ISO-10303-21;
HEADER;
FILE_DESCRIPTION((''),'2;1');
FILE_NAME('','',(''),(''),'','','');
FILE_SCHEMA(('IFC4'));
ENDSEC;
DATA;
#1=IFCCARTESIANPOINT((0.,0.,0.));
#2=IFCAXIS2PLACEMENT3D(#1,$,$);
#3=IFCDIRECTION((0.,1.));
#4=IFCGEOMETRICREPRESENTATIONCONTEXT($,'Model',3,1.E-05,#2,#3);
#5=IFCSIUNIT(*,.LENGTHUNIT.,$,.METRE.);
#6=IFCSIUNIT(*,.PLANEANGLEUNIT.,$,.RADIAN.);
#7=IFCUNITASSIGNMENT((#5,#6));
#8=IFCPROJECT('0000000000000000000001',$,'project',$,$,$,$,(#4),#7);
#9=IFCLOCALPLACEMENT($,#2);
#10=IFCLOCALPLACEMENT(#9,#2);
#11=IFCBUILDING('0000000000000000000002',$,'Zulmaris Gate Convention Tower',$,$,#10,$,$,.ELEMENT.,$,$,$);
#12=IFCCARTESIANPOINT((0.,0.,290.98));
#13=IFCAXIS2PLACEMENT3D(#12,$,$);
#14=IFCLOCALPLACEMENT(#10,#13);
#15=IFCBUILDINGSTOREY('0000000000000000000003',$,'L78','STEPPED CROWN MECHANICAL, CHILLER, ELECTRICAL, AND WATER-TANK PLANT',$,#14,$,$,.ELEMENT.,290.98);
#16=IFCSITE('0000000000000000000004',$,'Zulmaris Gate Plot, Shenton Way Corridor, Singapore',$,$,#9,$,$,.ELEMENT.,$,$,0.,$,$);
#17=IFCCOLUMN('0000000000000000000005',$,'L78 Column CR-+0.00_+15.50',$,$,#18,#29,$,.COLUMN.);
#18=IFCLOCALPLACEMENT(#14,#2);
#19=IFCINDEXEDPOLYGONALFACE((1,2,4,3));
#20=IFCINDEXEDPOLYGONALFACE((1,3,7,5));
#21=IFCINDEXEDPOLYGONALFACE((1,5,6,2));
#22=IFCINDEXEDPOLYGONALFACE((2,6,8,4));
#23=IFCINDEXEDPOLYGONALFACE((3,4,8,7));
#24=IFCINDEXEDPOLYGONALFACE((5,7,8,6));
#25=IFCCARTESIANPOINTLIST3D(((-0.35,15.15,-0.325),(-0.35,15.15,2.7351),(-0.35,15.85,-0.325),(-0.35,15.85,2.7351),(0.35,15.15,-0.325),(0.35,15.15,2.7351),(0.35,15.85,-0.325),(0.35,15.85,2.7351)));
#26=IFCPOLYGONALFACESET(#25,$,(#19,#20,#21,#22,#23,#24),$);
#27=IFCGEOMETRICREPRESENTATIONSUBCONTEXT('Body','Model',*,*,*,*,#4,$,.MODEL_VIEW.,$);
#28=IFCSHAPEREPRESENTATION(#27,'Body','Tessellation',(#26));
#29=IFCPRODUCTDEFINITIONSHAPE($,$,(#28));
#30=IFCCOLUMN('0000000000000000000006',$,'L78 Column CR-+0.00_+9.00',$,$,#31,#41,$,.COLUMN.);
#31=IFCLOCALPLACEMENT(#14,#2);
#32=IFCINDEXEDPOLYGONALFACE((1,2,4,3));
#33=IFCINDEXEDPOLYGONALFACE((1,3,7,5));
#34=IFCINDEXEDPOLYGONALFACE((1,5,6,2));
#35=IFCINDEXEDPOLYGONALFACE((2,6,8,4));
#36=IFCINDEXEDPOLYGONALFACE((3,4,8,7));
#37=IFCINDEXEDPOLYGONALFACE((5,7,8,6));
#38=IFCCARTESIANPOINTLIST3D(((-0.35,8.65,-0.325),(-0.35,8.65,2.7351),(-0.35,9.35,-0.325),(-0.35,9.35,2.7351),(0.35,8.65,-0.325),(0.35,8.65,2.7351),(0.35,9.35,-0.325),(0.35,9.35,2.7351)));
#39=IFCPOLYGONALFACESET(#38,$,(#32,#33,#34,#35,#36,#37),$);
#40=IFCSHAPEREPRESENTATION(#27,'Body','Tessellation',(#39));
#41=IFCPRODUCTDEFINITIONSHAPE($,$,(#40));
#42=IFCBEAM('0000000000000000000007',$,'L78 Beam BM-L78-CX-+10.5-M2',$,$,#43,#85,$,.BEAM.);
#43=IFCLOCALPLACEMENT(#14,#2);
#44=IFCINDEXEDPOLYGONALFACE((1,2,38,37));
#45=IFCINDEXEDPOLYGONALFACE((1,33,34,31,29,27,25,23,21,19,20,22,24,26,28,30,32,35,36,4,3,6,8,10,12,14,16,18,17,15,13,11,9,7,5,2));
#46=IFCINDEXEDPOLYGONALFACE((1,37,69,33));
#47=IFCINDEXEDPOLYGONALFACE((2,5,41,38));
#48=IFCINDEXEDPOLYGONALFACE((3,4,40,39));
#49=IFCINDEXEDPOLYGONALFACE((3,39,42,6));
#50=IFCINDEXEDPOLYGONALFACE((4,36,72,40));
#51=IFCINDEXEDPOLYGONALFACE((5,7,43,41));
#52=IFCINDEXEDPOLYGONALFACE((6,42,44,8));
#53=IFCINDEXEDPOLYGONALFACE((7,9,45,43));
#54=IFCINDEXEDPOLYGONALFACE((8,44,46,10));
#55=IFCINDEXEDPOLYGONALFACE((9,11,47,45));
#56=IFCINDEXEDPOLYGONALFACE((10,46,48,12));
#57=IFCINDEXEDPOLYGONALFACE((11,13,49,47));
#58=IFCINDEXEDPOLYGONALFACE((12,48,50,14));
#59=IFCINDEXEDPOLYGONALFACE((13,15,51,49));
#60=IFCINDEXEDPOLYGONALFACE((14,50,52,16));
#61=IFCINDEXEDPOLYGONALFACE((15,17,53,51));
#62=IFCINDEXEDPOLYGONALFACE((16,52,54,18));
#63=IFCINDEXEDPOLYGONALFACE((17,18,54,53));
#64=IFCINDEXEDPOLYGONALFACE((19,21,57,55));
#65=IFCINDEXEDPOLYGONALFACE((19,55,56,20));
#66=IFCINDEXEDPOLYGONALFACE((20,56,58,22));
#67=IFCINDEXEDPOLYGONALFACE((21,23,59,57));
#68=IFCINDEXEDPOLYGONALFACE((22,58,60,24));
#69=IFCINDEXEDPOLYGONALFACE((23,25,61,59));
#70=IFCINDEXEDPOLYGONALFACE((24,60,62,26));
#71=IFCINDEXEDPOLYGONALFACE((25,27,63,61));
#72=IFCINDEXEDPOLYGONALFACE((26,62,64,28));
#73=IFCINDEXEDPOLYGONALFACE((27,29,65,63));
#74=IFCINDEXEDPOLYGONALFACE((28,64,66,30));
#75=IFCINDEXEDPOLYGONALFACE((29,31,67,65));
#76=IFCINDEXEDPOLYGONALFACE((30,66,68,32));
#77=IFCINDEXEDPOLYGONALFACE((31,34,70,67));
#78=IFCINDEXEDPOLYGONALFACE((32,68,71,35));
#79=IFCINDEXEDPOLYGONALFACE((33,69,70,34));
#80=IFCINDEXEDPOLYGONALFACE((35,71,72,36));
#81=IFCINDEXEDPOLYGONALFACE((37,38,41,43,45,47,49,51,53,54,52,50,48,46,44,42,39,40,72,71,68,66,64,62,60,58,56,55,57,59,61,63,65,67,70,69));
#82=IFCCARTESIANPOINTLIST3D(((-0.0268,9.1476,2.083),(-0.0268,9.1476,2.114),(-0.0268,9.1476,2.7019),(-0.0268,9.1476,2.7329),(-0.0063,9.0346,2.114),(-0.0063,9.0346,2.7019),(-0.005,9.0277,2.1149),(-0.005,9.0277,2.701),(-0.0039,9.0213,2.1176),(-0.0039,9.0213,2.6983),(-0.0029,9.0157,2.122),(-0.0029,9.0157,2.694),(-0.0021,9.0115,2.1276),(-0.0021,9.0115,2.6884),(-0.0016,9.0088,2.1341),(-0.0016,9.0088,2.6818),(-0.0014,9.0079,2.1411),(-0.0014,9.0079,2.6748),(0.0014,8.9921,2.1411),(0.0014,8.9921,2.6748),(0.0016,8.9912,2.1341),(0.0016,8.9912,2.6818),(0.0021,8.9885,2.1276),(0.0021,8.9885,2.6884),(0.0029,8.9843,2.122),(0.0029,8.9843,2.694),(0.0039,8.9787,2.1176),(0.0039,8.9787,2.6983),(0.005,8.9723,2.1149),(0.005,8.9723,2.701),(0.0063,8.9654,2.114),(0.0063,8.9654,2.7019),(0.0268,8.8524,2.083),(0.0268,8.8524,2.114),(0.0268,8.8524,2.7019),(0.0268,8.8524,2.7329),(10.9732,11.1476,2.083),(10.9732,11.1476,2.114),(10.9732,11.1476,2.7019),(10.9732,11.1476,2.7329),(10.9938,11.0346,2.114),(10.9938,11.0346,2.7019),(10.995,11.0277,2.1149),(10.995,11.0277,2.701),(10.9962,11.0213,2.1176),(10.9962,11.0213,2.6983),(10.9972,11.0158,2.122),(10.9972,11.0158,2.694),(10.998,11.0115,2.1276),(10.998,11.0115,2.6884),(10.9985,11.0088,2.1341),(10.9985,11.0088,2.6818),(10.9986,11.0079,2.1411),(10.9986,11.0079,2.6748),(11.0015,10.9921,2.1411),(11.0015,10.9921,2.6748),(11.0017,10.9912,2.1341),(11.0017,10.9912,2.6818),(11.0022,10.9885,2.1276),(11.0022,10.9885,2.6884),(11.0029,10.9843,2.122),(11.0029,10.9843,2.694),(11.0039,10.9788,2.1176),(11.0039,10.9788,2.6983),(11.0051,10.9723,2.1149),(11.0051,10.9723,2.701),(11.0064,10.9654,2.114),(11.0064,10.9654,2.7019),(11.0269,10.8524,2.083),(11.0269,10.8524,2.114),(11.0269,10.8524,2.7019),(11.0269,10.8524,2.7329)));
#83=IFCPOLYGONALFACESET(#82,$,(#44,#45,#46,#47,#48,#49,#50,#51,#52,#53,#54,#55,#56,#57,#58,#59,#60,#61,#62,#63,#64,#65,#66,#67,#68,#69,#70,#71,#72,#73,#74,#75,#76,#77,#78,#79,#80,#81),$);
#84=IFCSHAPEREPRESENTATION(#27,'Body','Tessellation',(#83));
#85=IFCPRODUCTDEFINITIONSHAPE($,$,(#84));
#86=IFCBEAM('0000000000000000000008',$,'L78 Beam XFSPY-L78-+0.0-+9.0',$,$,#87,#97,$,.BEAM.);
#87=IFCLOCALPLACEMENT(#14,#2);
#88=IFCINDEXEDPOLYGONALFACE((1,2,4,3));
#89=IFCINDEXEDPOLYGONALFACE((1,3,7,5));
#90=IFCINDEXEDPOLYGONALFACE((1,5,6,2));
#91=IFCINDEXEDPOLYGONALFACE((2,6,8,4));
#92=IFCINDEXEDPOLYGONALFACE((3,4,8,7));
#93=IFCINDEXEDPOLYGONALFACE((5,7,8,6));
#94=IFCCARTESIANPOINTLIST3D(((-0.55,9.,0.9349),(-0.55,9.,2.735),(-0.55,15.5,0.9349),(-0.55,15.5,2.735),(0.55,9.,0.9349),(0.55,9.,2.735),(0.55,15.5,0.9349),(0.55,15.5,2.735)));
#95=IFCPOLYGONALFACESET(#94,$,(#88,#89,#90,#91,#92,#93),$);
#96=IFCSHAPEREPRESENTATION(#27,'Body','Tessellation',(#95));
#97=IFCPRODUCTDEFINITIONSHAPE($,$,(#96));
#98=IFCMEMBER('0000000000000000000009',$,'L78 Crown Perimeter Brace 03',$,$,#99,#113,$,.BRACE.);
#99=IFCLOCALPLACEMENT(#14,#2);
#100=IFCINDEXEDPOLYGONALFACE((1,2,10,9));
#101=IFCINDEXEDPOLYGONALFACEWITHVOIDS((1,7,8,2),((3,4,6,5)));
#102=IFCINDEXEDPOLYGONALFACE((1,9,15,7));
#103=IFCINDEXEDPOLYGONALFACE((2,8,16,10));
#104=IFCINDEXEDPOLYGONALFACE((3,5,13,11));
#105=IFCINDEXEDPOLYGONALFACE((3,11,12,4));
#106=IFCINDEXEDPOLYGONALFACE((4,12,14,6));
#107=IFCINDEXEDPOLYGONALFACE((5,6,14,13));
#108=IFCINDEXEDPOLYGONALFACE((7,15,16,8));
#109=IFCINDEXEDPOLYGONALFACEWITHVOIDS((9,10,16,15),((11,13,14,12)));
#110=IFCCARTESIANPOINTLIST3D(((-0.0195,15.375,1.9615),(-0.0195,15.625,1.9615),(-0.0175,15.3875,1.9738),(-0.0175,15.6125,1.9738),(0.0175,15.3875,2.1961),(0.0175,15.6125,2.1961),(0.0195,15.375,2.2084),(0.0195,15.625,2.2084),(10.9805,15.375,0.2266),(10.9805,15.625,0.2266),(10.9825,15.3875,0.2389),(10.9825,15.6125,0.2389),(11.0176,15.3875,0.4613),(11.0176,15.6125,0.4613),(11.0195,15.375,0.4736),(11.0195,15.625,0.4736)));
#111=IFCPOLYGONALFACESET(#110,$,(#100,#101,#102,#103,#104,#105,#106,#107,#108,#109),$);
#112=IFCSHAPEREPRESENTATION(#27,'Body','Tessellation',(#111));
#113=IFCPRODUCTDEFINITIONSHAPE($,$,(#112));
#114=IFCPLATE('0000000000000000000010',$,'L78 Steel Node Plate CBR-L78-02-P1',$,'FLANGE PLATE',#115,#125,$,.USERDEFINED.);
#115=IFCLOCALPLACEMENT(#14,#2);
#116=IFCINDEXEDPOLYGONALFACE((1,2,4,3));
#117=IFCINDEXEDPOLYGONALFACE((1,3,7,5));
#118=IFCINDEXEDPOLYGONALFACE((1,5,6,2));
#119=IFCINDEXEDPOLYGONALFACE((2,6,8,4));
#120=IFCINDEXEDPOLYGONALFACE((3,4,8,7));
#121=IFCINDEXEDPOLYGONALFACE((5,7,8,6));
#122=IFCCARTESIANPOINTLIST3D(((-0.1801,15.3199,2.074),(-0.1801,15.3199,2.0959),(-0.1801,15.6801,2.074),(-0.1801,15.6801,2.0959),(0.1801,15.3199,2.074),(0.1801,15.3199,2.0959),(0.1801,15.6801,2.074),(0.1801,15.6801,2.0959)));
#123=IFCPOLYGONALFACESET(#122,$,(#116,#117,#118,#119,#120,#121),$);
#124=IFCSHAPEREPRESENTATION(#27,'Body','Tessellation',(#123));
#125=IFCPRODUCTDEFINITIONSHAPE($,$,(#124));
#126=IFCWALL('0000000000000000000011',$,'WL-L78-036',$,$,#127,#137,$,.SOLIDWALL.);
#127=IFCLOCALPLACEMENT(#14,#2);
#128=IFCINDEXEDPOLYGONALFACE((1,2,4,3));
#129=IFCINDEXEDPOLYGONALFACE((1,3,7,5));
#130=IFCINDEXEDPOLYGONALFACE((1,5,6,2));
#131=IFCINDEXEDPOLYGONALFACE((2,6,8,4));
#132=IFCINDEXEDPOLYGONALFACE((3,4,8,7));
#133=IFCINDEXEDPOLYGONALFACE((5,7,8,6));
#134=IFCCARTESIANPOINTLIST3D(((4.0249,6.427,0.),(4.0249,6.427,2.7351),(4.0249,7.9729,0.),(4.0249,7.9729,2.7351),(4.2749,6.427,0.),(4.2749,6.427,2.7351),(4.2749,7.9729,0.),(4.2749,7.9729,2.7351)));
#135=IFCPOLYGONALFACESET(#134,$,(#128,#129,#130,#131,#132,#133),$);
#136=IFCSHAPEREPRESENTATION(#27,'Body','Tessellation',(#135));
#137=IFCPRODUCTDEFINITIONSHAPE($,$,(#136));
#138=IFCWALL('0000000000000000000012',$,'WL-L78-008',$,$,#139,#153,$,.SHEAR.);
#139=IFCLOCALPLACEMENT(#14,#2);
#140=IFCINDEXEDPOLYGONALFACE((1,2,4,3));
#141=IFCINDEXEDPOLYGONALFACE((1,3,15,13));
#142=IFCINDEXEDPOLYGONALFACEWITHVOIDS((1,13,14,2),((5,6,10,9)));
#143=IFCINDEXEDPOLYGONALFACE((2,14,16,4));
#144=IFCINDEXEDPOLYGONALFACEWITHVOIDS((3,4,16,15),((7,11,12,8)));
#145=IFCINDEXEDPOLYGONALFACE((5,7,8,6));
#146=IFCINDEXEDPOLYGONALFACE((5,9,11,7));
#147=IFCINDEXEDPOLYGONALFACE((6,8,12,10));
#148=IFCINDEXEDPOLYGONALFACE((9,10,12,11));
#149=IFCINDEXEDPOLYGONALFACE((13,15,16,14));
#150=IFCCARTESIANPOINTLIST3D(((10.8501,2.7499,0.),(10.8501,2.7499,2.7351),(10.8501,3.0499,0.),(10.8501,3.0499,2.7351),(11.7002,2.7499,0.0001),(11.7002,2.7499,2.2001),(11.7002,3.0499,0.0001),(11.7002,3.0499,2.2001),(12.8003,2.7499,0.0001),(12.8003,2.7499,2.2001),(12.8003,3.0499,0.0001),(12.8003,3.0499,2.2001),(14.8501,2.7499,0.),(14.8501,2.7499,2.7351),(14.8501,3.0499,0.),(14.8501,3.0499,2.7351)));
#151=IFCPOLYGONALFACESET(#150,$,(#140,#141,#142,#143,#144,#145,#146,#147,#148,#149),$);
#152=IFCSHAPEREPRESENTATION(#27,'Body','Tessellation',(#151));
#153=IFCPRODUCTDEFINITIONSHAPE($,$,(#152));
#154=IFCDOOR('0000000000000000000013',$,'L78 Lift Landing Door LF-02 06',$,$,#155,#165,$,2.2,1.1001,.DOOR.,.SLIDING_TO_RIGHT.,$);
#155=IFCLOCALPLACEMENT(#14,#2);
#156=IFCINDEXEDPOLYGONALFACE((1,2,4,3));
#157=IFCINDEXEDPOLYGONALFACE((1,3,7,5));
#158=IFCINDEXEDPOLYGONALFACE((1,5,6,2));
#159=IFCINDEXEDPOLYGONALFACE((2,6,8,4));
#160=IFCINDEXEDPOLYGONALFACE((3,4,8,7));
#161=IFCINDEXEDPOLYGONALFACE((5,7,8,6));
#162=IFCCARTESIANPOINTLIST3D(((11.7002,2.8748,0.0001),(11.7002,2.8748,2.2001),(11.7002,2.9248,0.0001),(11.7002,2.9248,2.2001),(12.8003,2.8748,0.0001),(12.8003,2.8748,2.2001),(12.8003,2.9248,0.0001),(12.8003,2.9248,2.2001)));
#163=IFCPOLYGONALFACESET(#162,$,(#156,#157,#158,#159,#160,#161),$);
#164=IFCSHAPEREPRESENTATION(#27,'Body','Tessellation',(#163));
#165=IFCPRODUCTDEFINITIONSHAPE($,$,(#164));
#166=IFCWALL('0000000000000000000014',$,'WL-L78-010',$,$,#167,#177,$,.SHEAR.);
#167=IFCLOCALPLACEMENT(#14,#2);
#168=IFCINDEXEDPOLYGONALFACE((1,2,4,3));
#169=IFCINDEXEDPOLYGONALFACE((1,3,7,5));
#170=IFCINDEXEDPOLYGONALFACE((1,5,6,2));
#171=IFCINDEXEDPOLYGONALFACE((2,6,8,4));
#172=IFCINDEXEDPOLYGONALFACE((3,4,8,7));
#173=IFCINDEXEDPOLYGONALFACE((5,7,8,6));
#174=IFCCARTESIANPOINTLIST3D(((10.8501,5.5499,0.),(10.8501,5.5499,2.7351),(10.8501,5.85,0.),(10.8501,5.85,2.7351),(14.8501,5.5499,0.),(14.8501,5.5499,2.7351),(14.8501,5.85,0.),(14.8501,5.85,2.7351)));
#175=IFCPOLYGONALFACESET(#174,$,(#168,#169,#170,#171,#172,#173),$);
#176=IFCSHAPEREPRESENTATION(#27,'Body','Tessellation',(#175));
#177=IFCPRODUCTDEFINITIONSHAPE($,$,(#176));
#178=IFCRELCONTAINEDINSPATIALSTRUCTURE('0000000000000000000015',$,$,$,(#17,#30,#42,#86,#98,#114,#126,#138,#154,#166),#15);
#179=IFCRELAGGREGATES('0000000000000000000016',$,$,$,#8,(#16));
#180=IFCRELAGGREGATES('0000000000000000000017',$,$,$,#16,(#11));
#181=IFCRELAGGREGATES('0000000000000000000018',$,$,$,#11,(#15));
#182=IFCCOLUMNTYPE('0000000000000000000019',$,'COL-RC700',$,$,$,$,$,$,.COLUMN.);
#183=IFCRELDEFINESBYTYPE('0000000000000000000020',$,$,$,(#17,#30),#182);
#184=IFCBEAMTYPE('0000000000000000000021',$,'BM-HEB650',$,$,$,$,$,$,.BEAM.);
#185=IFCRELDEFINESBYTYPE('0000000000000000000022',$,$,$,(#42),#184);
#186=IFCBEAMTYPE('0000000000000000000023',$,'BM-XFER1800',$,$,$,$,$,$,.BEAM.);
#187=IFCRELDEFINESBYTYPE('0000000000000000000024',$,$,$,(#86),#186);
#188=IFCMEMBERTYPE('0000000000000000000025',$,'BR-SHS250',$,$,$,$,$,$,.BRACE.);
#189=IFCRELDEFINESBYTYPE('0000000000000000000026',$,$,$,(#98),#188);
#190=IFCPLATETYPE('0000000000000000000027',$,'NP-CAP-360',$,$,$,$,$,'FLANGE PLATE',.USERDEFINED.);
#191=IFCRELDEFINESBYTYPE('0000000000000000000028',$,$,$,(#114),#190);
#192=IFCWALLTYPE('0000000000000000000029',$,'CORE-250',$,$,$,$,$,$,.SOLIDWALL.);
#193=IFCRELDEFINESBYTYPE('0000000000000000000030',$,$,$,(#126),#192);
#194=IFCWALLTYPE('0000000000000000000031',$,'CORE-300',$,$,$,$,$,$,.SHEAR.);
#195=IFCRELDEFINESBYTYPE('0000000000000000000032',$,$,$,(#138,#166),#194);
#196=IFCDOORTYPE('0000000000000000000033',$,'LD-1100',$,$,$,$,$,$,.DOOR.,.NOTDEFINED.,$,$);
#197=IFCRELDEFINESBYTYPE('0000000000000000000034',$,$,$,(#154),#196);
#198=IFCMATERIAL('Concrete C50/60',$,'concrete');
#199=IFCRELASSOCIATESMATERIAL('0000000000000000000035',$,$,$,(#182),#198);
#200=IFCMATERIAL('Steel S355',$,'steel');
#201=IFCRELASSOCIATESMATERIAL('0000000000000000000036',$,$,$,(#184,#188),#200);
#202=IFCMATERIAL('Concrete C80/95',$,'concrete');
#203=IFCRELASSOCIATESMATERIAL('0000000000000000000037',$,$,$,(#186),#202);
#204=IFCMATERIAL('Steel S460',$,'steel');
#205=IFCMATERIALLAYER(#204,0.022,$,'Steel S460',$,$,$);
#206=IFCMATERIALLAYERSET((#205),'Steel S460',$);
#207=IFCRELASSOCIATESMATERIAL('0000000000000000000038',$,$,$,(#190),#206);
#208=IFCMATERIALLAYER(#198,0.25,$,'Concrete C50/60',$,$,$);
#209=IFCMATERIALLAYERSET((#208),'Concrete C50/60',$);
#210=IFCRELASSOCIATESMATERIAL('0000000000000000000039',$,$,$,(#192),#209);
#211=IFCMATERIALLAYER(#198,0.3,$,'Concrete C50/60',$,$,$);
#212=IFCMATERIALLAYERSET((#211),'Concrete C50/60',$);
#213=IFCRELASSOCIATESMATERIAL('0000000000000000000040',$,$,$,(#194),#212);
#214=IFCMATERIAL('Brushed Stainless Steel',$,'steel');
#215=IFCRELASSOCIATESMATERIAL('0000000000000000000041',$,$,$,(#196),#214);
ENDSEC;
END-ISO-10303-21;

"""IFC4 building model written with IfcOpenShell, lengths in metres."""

from ifc_helpers import new_model, si_unit, direction, frame, frame_2d, origin, origin_2d, place, context, subcontext, project, spatial, rectangle, hollow_rectangle, i_section, extrude, material, layer, layer_set, material_profile, profile_set, type_object, element, fill, save


model = new_model("IFC4")

# Units and contexts
model_context = context("Model", 3, precision=1e-05, world=origin(), true_north=direction((0.0, 1.0)))
body_context = subcontext(model_context, "Body", "Model", "MODEL_VIEW")
ifc_project = project(units=[si_unit("LENGTHUNIT", "METRE"), si_unit("PLANEANGLEUNIT", "RADIAN")], contexts=[model_context])

# Site, building, storey
site_placement = place(None, origin())
site = spatial("IfcSite", under=ifc_project, at=site_placement, Name="Zulmaris Gate Plot, Shenton Way Corridor, Singapore", CompositionType="ELEMENT", RefElevation=0.0)
building_placement = place(site_placement, origin())
building = spatial("IfcBuilding", under=site, at=building_placement, Name="Zulmaris Gate Convention Tower", CompositionType="ELEMENT")
storey_placement = place(building_placement, frame((0.0, 0.0, 290.98)))
storey = spatial("IfcBuildingStorey", under=building, at=storey_placement, Name="L78", Description="STEPPED CROWN MECHANICAL, CHILLER, ELECTRICAL, AND WATER-TANK PLANT", CompositionType="ELEMENT", Elevation=290.98)

# Columns
ifc_material_1 = material(Name="Concrete C50/60", Category="concrete")
ifc_material_profile_1 = material_profile(ifc_material_1, rectangle(XDim=0.7, YDim=0.7, at=origin_2d()), Name="RC COL 700x700")
ifc_profile_set_1 = profile_set([ifc_material_profile_1], Name="Concrete C50/60")
column_type = type_object("IfcColumnType", Name="COL-RC700", PredefinedType="COLUMN", material=ifc_profile_set_1)
for number, where, z_axis, x_axis, name in (
    (1, (0.0, 15.5, -0.325), (0.0, 0.0, 1.0), (1.0, 0.0, 0.0), "L78 Column CR-+0.00_+15.50"),
    (2, (0.0, 9.0, -0.325), (0.0, 0.0, 1.0), (1.0, 0.0, 0.0), "L78 Column CR-+0.00_+9.00"),
):
    element("IfcColumn", number, at=place(storey_placement, frame(where, z_axis=z_axis, x_axis=x_axis)), inside=storey, type_object=column_type, Name=name, PredefinedType="COLUMN", context=body_context, shape_type="SweptSolid", body=[
        extrude(rectangle(XDim=0.7, YDim=0.7, at=origin_2d()), origin(), (0.0, 0.0, 1.0), 3.0601),
    ])

# Beams
ifc_material_2 = material(Name="Steel S355", Category="steel")
ifc_material_profile_2 = material_profile(ifc_material_2, i_section(OverallWidth=0.3, OverallDepth=0.6499, WebThickness=0.0161, FlangeThickness=0.031, FilletRadius=0.0271, at=origin_2d()), Name="HEB 650")
ifc_profile_set_2 = profile_set([ifc_material_profile_2], Name="Steel S355")
beam_type_1 = type_object("IfcBeamType", Name="BM-HEB650", PredefinedType="BEAM", material=ifc_profile_set_2)
beam_1_placement = place(storey_placement, frame((0.0, 9.0, 2.408), z_axis=(0.98387, 0.178885, 0.0), x_axis=(-0.178885, 0.98387, 0.0)))
element("IfcBeam", 3, at=beam_1_placement, inside=storey, type_object=beam_type_1, Name="L78 Beam BM-L78-CX-+10.5-M2", PredefinedType="BEAM", context=body_context, shape_type="SweptSolid", body=[
    extrude(i_section(OverallWidth=0.3, OverallDepth=0.6499, WebThickness=0.0161, FlangeThickness=0.031, FilletRadius=0.0271, at=origin_2d()), origin(), (0.0, 0.0, 1.0), 11.1804),
])
ifc_material_3 = material(Name="Concrete C80/95", Category="concrete")
ifc_material_profile_3 = material_profile(ifc_material_3, rectangle(XDim=1.1001, YDim=1.8, at=origin_2d()), Name="RC TRANSFER 1100x1800")
ifc_profile_set_3 = profile_set([ifc_material_profile_3], Name="Concrete C80/95")
beam_type_2 = type_object("IfcBeamType", Name="BM-XFER1800", PredefinedType="BEAM", material=ifc_profile_set_3)
beam_2_placement = place(storey_placement, frame((0.0, 9.0, 1.835), z_axis=(0.0, 1.0, 0.0), x_axis=(-1.0, 0.0, 0.0)))
element("IfcBeam", 4, at=beam_2_placement, inside=storey, type_object=beam_type_2, Name="L78 Beam XFSPY-L78-+0.0-+9.0", PredefinedType="BEAM", context=body_context, shape_type="SweptSolid", body=[
    extrude(rectangle(XDim=1.1001, YDim=1.8, at=origin_2d()), origin(), (0.0, 0.0, 1.0), 6.5),
])

# Member
ifc_material_profile_4 = material_profile(ifc_material_2, hollow_rectangle(XDim=0.25, YDim=0.25, WallThickness=0.0125, at=origin_2d()), Name="SHS 250x250x12.5")
ifc_profile_set_4 = profile_set([ifc_material_profile_4], Name="Steel S355")
member_type = type_object("IfcMemberType", Name="BR-SHS250", PredefinedType="BRACE", material=ifc_profile_set_4)
member_placement = place(storey_placement, frame((0.0, 15.5, 2.085), z_axis=(0.98779, 0.0, -0.155789), x_axis=(0.0, 1.0, 0.0)))
element("IfcMember", 5, at=member_placement, inside=storey, type_object=member_type, Name="L78 Crown Perimeter Brace 03", PredefinedType="BRACE", context=body_context, shape_type="SweptSolid", body=[
    extrude(hollow_rectangle(XDim=0.25, YDim=0.25, WallThickness=0.0125, at=origin_2d()), origin(), (0.0, 0.0, 1.0), 11.136),
])

# Plate
ifc_material_4 = material(Name="Steel S460", Category="steel")
ifc_layer_1 = layer(ifc_material_4, 0.022, Name="Steel S460")
ifc_layer_set_1 = layer_set([ifc_layer_1], Name="Steel S460")
plate_type = type_object("IfcPlateType", Name="NP-CAP-360", ElementType="FLANGE PLATE", PredefinedType="USERDEFINED", material=ifc_layer_set_1)
plate_placement = place(storey_placement, frame((0.0, 15.5, 2.074), z_axis=(0.0, 0.0, 1.0), x_axis=(1.0, 0.0, 0.0)))
element("IfcPlate", 6, at=plate_placement, inside=storey, type_object=plate_type, Name="L78 Steel Node Plate CBR-L78-02-P1", ObjectType="FLANGE PLATE", PredefinedType="USERDEFINED", context=body_context, shape_type="SweptSolid", body=[
    extrude(rectangle(XDim=0.3601, YDim=0.3601, at=origin_2d()), origin(), (0.0, 0.0, 1.0), 0.022),
])

# Wall
ifc_layer_2 = layer(ifc_material_1, 0.25, Name="Concrete C50/60")
ifc_layer_set_2 = layer_set([ifc_layer_2], Name="Concrete C50/60")
wall_type_1 = type_object("IfcWallType", Name="CORE-250", PredefinedType="SOLIDWALL", material=ifc_layer_set_2)
wall_1_placement = place(storey_placement, frame((4.1499, 6.427, 0.0), z_axis=(0.0, 0.0, 1.0), x_axis=(0.0, 1.0, 0.0)))
element("IfcWall", 7, at=wall_1_placement, inside=storey, type_object=wall_type_1, Name="WL-L78-036", PredefinedType="SOLIDWALL", context=body_context, shape_type="SweptSolid", body=[
    extrude(rectangle(XDim=1.5459, YDim=0.25, at=frame_2d((0.7729, 0.0))), origin(), (0.0, 0.0, 1.0), 2.7351),
])

# Wall, opening, door
ifc_layer_3 = layer(ifc_material_1, 0.3, Name="Concrete C50/60")
ifc_layer_set_3 = layer_set([ifc_layer_3], Name="Concrete C50/60")
wall_type_2 = type_object("IfcWallType", Name="CORE-300", PredefinedType="SHEAR", material=ifc_layer_set_3)
wall_2_placement = place(storey_placement, frame((10.8501, 2.8999, 0.0), z_axis=(0.0, 0.0, 1.0), x_axis=(1.0, 0.0, 0.0)))
wall_2 = element("IfcWall", 8, at=wall_2_placement, inside=storey, type_object=wall_type_2, Name="WL-L78-008", PredefinedType="SHEAR", context=body_context, shape_type="SweptSolid", body=[
    extrude(rectangle(XDim=4.0, YDim=0.3, at=frame_2d((2.0, 0.0))), origin(), (0.0, 0.0, 1.0), 2.7351),
])
opening_1_placement = place(wall_2_placement, frame((0.8501, 0.0, 0.0)))
opening_1 = element("IfcOpeningElement", 9, at=opening_1_placement, cuts=wall_2, PredefinedType="OPENING", context=body_context, shape_type="SweptSolid", body=[
    extrude(rectangle(XDim=1.1001, YDim=2.2, at=frame_2d((0.55, 1.1001))), frame((0.0, 0.1602, 0.0), z_axis=(0.0, -1.0, 0.0), x_axis=(1.0, 0.0, 0.0)), (0.0, 0.0, 1.0), 0.3201),
])
ifc_material_5 = material(Name="Brushed Stainless Steel", Category="steel")
door_type_1 = type_object("IfcDoorType", Name="LD-1100", OperationType="NOTDEFINED", PredefinedType="DOOR", material=ifc_material_5)
door_1_placement = place(opening_1_placement, origin())
door_1 = element("IfcDoor", 10, at=door_1_placement, inside=storey, type_object=door_type_1, Name="L78 Lift Landing Door LF-02 06", OperationType="SLIDING_TO_RIGHT", OverallHeight=2.2, OverallWidth=1.1001, PredefinedType="DOOR", context=body_context, shape_type="SweptSolid", body=[
    extrude(rectangle(XDim=1.1001, YDim=2.2, at=frame_2d((0.55, 1.1001))), frame((0.0, 0.0249, 0.0), z_axis=(0.0, -1.0, 0.0), x_axis=(1.0, 0.0, 0.0)), (0.0, 0.0, 1.0), 0.05),
])
fill(opening_1, door_1)

# Wall
wall_3_placement = place(storey_placement, frame((10.8501, 5.7, 0.0), z_axis=(0.0, 0.0, 1.0), x_axis=(1.0, 0.0, 0.0)))
element("IfcWall", 11, at=wall_3_placement, inside=storey, type_object=wall_type_2, Name="WL-L78-010", PredefinedType="SHEAR", context=body_context, shape_type="SweptSolid", body=[
    extrude(rectangle(XDim=4.0, YDim=0.3, at=frame_2d((2.0, 0.0))), origin(), (0.0, 0.0, 1.0), 2.7351),
])

save(model, "model.ifc")
